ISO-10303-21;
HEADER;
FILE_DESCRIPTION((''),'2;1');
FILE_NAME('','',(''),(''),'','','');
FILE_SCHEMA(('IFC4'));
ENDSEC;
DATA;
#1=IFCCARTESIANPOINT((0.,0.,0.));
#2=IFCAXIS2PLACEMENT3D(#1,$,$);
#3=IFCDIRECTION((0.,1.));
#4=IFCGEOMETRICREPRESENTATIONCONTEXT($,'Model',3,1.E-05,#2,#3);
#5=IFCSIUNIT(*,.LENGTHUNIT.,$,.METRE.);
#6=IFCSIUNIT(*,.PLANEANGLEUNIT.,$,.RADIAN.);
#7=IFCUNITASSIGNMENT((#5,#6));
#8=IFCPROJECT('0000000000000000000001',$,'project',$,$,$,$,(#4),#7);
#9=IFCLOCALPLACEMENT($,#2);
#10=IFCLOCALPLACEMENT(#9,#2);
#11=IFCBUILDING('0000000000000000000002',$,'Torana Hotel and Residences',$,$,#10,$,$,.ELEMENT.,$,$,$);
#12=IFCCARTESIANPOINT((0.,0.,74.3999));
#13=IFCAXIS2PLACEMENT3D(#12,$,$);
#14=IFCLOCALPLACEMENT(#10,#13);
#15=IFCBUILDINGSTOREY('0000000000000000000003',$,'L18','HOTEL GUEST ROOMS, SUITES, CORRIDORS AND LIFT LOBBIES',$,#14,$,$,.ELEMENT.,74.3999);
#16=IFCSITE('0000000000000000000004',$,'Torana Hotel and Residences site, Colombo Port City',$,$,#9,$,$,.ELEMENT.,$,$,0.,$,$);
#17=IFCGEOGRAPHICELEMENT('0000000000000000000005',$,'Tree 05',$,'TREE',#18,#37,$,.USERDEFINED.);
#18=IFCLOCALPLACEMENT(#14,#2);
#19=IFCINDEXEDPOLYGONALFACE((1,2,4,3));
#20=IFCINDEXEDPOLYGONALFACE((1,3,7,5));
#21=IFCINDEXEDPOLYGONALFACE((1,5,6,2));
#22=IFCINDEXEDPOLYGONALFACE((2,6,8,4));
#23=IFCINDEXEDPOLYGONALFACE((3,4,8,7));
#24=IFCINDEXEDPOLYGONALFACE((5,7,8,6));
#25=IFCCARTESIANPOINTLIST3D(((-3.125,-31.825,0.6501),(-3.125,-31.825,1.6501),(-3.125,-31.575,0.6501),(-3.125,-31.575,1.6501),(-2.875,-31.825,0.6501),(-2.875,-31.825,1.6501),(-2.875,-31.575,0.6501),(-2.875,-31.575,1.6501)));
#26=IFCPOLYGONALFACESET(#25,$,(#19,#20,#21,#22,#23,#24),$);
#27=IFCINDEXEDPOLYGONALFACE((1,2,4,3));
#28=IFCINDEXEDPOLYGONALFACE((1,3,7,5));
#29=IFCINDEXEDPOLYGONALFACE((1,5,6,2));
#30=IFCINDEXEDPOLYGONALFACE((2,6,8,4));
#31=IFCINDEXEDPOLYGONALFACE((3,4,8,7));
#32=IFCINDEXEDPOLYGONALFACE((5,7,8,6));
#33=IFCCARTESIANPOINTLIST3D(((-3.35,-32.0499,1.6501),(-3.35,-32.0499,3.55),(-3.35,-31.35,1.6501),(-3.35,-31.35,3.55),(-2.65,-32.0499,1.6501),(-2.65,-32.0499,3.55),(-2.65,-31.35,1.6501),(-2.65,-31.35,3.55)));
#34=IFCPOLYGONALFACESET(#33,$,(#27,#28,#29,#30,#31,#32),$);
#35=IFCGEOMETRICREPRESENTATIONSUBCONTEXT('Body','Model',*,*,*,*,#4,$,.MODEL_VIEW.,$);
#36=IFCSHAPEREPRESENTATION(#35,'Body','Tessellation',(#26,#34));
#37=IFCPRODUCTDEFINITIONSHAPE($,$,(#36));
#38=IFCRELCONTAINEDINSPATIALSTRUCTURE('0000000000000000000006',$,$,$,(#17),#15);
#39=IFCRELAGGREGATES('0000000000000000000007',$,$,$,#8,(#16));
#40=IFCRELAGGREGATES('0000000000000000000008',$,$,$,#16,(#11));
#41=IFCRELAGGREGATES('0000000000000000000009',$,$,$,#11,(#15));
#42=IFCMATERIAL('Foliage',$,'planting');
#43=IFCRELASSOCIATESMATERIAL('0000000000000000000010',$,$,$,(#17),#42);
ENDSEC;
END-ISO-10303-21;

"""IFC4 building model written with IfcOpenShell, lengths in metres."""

from ifc_helpers import new_model, si_unit, direction, frame, origin, origin_2d, place, context, subcontext, project, spatial, rectangle, extrude, material, element, save


model = new_model("IFC4")

# Units and contexts
model_context = context("Model", 3, precision=1e-05, world=origin(), true_north=direction((0.0, 1.0)))
body_context = subcontext(model_context, "Body", "Model", "MODEL_VIEW")
ifc_project = project(units=[si_unit("LENGTHUNIT", "METRE"), si_unit("PLANEANGLEUNIT", "RADIAN")], contexts=[model_context])

# Site, building, storey
site_placement = place(None, origin())
site = spatial("IfcSite", under=ifc_project, at=site_placement, Name="Torana Hotel and Residences site, Colombo Port City", CompositionType="ELEMENT", RefElevation=0.0)
building_placement = place(site_placement, origin())
building = spatial("IfcBuilding", under=site, at=building_placement, Name="Torana Hotel and Residences", CompositionType="ELEMENT")
storey_placement = place(building_placement, frame((0.0, 0.0, 74.3999)))
storey = spatial("IfcBuildingStorey", under=building, at=storey_placement, Name="L18", Description="HOTEL GUEST ROOMS, SUITES, CORRIDORS AND LIFT LOBBIES", CompositionType="ELEMENT", Elevation=74.3999)

# Geographic element
ifc_material_1 = material(Name="Foliage", Category="planting")
for number, where, z_axis, x_axis, name in (
    (1, (-3.0, -31.7, 0.6501), (0.0, 0.0, 1.0), (1.0, 0.0, 0.0), "Tree 05"),
):
    element("IfcGeographicElement", number, at=place(storey_placement, frame(where, z_axis=z_axis, x_axis=x_axis)), inside=storey, material=ifc_material_1, Name=name, ObjectType="TREE", PredefinedType="USERDEFINED", context=body_context, shape_type="SweptSolid", body=[
        extrude(rectangle(XDim=0.25, YDim=0.25, at=origin_2d()), origin(), (0.0, 0.0, 1.0), 1.0),
        extrude(rectangle(XDim=0.7, YDim=0.7, at=origin_2d()), frame((0.0, 0.0, 1.0)), (0.0, 0.0, 1.0), 1.8999),
    ])

save(model, "model.ifc")
